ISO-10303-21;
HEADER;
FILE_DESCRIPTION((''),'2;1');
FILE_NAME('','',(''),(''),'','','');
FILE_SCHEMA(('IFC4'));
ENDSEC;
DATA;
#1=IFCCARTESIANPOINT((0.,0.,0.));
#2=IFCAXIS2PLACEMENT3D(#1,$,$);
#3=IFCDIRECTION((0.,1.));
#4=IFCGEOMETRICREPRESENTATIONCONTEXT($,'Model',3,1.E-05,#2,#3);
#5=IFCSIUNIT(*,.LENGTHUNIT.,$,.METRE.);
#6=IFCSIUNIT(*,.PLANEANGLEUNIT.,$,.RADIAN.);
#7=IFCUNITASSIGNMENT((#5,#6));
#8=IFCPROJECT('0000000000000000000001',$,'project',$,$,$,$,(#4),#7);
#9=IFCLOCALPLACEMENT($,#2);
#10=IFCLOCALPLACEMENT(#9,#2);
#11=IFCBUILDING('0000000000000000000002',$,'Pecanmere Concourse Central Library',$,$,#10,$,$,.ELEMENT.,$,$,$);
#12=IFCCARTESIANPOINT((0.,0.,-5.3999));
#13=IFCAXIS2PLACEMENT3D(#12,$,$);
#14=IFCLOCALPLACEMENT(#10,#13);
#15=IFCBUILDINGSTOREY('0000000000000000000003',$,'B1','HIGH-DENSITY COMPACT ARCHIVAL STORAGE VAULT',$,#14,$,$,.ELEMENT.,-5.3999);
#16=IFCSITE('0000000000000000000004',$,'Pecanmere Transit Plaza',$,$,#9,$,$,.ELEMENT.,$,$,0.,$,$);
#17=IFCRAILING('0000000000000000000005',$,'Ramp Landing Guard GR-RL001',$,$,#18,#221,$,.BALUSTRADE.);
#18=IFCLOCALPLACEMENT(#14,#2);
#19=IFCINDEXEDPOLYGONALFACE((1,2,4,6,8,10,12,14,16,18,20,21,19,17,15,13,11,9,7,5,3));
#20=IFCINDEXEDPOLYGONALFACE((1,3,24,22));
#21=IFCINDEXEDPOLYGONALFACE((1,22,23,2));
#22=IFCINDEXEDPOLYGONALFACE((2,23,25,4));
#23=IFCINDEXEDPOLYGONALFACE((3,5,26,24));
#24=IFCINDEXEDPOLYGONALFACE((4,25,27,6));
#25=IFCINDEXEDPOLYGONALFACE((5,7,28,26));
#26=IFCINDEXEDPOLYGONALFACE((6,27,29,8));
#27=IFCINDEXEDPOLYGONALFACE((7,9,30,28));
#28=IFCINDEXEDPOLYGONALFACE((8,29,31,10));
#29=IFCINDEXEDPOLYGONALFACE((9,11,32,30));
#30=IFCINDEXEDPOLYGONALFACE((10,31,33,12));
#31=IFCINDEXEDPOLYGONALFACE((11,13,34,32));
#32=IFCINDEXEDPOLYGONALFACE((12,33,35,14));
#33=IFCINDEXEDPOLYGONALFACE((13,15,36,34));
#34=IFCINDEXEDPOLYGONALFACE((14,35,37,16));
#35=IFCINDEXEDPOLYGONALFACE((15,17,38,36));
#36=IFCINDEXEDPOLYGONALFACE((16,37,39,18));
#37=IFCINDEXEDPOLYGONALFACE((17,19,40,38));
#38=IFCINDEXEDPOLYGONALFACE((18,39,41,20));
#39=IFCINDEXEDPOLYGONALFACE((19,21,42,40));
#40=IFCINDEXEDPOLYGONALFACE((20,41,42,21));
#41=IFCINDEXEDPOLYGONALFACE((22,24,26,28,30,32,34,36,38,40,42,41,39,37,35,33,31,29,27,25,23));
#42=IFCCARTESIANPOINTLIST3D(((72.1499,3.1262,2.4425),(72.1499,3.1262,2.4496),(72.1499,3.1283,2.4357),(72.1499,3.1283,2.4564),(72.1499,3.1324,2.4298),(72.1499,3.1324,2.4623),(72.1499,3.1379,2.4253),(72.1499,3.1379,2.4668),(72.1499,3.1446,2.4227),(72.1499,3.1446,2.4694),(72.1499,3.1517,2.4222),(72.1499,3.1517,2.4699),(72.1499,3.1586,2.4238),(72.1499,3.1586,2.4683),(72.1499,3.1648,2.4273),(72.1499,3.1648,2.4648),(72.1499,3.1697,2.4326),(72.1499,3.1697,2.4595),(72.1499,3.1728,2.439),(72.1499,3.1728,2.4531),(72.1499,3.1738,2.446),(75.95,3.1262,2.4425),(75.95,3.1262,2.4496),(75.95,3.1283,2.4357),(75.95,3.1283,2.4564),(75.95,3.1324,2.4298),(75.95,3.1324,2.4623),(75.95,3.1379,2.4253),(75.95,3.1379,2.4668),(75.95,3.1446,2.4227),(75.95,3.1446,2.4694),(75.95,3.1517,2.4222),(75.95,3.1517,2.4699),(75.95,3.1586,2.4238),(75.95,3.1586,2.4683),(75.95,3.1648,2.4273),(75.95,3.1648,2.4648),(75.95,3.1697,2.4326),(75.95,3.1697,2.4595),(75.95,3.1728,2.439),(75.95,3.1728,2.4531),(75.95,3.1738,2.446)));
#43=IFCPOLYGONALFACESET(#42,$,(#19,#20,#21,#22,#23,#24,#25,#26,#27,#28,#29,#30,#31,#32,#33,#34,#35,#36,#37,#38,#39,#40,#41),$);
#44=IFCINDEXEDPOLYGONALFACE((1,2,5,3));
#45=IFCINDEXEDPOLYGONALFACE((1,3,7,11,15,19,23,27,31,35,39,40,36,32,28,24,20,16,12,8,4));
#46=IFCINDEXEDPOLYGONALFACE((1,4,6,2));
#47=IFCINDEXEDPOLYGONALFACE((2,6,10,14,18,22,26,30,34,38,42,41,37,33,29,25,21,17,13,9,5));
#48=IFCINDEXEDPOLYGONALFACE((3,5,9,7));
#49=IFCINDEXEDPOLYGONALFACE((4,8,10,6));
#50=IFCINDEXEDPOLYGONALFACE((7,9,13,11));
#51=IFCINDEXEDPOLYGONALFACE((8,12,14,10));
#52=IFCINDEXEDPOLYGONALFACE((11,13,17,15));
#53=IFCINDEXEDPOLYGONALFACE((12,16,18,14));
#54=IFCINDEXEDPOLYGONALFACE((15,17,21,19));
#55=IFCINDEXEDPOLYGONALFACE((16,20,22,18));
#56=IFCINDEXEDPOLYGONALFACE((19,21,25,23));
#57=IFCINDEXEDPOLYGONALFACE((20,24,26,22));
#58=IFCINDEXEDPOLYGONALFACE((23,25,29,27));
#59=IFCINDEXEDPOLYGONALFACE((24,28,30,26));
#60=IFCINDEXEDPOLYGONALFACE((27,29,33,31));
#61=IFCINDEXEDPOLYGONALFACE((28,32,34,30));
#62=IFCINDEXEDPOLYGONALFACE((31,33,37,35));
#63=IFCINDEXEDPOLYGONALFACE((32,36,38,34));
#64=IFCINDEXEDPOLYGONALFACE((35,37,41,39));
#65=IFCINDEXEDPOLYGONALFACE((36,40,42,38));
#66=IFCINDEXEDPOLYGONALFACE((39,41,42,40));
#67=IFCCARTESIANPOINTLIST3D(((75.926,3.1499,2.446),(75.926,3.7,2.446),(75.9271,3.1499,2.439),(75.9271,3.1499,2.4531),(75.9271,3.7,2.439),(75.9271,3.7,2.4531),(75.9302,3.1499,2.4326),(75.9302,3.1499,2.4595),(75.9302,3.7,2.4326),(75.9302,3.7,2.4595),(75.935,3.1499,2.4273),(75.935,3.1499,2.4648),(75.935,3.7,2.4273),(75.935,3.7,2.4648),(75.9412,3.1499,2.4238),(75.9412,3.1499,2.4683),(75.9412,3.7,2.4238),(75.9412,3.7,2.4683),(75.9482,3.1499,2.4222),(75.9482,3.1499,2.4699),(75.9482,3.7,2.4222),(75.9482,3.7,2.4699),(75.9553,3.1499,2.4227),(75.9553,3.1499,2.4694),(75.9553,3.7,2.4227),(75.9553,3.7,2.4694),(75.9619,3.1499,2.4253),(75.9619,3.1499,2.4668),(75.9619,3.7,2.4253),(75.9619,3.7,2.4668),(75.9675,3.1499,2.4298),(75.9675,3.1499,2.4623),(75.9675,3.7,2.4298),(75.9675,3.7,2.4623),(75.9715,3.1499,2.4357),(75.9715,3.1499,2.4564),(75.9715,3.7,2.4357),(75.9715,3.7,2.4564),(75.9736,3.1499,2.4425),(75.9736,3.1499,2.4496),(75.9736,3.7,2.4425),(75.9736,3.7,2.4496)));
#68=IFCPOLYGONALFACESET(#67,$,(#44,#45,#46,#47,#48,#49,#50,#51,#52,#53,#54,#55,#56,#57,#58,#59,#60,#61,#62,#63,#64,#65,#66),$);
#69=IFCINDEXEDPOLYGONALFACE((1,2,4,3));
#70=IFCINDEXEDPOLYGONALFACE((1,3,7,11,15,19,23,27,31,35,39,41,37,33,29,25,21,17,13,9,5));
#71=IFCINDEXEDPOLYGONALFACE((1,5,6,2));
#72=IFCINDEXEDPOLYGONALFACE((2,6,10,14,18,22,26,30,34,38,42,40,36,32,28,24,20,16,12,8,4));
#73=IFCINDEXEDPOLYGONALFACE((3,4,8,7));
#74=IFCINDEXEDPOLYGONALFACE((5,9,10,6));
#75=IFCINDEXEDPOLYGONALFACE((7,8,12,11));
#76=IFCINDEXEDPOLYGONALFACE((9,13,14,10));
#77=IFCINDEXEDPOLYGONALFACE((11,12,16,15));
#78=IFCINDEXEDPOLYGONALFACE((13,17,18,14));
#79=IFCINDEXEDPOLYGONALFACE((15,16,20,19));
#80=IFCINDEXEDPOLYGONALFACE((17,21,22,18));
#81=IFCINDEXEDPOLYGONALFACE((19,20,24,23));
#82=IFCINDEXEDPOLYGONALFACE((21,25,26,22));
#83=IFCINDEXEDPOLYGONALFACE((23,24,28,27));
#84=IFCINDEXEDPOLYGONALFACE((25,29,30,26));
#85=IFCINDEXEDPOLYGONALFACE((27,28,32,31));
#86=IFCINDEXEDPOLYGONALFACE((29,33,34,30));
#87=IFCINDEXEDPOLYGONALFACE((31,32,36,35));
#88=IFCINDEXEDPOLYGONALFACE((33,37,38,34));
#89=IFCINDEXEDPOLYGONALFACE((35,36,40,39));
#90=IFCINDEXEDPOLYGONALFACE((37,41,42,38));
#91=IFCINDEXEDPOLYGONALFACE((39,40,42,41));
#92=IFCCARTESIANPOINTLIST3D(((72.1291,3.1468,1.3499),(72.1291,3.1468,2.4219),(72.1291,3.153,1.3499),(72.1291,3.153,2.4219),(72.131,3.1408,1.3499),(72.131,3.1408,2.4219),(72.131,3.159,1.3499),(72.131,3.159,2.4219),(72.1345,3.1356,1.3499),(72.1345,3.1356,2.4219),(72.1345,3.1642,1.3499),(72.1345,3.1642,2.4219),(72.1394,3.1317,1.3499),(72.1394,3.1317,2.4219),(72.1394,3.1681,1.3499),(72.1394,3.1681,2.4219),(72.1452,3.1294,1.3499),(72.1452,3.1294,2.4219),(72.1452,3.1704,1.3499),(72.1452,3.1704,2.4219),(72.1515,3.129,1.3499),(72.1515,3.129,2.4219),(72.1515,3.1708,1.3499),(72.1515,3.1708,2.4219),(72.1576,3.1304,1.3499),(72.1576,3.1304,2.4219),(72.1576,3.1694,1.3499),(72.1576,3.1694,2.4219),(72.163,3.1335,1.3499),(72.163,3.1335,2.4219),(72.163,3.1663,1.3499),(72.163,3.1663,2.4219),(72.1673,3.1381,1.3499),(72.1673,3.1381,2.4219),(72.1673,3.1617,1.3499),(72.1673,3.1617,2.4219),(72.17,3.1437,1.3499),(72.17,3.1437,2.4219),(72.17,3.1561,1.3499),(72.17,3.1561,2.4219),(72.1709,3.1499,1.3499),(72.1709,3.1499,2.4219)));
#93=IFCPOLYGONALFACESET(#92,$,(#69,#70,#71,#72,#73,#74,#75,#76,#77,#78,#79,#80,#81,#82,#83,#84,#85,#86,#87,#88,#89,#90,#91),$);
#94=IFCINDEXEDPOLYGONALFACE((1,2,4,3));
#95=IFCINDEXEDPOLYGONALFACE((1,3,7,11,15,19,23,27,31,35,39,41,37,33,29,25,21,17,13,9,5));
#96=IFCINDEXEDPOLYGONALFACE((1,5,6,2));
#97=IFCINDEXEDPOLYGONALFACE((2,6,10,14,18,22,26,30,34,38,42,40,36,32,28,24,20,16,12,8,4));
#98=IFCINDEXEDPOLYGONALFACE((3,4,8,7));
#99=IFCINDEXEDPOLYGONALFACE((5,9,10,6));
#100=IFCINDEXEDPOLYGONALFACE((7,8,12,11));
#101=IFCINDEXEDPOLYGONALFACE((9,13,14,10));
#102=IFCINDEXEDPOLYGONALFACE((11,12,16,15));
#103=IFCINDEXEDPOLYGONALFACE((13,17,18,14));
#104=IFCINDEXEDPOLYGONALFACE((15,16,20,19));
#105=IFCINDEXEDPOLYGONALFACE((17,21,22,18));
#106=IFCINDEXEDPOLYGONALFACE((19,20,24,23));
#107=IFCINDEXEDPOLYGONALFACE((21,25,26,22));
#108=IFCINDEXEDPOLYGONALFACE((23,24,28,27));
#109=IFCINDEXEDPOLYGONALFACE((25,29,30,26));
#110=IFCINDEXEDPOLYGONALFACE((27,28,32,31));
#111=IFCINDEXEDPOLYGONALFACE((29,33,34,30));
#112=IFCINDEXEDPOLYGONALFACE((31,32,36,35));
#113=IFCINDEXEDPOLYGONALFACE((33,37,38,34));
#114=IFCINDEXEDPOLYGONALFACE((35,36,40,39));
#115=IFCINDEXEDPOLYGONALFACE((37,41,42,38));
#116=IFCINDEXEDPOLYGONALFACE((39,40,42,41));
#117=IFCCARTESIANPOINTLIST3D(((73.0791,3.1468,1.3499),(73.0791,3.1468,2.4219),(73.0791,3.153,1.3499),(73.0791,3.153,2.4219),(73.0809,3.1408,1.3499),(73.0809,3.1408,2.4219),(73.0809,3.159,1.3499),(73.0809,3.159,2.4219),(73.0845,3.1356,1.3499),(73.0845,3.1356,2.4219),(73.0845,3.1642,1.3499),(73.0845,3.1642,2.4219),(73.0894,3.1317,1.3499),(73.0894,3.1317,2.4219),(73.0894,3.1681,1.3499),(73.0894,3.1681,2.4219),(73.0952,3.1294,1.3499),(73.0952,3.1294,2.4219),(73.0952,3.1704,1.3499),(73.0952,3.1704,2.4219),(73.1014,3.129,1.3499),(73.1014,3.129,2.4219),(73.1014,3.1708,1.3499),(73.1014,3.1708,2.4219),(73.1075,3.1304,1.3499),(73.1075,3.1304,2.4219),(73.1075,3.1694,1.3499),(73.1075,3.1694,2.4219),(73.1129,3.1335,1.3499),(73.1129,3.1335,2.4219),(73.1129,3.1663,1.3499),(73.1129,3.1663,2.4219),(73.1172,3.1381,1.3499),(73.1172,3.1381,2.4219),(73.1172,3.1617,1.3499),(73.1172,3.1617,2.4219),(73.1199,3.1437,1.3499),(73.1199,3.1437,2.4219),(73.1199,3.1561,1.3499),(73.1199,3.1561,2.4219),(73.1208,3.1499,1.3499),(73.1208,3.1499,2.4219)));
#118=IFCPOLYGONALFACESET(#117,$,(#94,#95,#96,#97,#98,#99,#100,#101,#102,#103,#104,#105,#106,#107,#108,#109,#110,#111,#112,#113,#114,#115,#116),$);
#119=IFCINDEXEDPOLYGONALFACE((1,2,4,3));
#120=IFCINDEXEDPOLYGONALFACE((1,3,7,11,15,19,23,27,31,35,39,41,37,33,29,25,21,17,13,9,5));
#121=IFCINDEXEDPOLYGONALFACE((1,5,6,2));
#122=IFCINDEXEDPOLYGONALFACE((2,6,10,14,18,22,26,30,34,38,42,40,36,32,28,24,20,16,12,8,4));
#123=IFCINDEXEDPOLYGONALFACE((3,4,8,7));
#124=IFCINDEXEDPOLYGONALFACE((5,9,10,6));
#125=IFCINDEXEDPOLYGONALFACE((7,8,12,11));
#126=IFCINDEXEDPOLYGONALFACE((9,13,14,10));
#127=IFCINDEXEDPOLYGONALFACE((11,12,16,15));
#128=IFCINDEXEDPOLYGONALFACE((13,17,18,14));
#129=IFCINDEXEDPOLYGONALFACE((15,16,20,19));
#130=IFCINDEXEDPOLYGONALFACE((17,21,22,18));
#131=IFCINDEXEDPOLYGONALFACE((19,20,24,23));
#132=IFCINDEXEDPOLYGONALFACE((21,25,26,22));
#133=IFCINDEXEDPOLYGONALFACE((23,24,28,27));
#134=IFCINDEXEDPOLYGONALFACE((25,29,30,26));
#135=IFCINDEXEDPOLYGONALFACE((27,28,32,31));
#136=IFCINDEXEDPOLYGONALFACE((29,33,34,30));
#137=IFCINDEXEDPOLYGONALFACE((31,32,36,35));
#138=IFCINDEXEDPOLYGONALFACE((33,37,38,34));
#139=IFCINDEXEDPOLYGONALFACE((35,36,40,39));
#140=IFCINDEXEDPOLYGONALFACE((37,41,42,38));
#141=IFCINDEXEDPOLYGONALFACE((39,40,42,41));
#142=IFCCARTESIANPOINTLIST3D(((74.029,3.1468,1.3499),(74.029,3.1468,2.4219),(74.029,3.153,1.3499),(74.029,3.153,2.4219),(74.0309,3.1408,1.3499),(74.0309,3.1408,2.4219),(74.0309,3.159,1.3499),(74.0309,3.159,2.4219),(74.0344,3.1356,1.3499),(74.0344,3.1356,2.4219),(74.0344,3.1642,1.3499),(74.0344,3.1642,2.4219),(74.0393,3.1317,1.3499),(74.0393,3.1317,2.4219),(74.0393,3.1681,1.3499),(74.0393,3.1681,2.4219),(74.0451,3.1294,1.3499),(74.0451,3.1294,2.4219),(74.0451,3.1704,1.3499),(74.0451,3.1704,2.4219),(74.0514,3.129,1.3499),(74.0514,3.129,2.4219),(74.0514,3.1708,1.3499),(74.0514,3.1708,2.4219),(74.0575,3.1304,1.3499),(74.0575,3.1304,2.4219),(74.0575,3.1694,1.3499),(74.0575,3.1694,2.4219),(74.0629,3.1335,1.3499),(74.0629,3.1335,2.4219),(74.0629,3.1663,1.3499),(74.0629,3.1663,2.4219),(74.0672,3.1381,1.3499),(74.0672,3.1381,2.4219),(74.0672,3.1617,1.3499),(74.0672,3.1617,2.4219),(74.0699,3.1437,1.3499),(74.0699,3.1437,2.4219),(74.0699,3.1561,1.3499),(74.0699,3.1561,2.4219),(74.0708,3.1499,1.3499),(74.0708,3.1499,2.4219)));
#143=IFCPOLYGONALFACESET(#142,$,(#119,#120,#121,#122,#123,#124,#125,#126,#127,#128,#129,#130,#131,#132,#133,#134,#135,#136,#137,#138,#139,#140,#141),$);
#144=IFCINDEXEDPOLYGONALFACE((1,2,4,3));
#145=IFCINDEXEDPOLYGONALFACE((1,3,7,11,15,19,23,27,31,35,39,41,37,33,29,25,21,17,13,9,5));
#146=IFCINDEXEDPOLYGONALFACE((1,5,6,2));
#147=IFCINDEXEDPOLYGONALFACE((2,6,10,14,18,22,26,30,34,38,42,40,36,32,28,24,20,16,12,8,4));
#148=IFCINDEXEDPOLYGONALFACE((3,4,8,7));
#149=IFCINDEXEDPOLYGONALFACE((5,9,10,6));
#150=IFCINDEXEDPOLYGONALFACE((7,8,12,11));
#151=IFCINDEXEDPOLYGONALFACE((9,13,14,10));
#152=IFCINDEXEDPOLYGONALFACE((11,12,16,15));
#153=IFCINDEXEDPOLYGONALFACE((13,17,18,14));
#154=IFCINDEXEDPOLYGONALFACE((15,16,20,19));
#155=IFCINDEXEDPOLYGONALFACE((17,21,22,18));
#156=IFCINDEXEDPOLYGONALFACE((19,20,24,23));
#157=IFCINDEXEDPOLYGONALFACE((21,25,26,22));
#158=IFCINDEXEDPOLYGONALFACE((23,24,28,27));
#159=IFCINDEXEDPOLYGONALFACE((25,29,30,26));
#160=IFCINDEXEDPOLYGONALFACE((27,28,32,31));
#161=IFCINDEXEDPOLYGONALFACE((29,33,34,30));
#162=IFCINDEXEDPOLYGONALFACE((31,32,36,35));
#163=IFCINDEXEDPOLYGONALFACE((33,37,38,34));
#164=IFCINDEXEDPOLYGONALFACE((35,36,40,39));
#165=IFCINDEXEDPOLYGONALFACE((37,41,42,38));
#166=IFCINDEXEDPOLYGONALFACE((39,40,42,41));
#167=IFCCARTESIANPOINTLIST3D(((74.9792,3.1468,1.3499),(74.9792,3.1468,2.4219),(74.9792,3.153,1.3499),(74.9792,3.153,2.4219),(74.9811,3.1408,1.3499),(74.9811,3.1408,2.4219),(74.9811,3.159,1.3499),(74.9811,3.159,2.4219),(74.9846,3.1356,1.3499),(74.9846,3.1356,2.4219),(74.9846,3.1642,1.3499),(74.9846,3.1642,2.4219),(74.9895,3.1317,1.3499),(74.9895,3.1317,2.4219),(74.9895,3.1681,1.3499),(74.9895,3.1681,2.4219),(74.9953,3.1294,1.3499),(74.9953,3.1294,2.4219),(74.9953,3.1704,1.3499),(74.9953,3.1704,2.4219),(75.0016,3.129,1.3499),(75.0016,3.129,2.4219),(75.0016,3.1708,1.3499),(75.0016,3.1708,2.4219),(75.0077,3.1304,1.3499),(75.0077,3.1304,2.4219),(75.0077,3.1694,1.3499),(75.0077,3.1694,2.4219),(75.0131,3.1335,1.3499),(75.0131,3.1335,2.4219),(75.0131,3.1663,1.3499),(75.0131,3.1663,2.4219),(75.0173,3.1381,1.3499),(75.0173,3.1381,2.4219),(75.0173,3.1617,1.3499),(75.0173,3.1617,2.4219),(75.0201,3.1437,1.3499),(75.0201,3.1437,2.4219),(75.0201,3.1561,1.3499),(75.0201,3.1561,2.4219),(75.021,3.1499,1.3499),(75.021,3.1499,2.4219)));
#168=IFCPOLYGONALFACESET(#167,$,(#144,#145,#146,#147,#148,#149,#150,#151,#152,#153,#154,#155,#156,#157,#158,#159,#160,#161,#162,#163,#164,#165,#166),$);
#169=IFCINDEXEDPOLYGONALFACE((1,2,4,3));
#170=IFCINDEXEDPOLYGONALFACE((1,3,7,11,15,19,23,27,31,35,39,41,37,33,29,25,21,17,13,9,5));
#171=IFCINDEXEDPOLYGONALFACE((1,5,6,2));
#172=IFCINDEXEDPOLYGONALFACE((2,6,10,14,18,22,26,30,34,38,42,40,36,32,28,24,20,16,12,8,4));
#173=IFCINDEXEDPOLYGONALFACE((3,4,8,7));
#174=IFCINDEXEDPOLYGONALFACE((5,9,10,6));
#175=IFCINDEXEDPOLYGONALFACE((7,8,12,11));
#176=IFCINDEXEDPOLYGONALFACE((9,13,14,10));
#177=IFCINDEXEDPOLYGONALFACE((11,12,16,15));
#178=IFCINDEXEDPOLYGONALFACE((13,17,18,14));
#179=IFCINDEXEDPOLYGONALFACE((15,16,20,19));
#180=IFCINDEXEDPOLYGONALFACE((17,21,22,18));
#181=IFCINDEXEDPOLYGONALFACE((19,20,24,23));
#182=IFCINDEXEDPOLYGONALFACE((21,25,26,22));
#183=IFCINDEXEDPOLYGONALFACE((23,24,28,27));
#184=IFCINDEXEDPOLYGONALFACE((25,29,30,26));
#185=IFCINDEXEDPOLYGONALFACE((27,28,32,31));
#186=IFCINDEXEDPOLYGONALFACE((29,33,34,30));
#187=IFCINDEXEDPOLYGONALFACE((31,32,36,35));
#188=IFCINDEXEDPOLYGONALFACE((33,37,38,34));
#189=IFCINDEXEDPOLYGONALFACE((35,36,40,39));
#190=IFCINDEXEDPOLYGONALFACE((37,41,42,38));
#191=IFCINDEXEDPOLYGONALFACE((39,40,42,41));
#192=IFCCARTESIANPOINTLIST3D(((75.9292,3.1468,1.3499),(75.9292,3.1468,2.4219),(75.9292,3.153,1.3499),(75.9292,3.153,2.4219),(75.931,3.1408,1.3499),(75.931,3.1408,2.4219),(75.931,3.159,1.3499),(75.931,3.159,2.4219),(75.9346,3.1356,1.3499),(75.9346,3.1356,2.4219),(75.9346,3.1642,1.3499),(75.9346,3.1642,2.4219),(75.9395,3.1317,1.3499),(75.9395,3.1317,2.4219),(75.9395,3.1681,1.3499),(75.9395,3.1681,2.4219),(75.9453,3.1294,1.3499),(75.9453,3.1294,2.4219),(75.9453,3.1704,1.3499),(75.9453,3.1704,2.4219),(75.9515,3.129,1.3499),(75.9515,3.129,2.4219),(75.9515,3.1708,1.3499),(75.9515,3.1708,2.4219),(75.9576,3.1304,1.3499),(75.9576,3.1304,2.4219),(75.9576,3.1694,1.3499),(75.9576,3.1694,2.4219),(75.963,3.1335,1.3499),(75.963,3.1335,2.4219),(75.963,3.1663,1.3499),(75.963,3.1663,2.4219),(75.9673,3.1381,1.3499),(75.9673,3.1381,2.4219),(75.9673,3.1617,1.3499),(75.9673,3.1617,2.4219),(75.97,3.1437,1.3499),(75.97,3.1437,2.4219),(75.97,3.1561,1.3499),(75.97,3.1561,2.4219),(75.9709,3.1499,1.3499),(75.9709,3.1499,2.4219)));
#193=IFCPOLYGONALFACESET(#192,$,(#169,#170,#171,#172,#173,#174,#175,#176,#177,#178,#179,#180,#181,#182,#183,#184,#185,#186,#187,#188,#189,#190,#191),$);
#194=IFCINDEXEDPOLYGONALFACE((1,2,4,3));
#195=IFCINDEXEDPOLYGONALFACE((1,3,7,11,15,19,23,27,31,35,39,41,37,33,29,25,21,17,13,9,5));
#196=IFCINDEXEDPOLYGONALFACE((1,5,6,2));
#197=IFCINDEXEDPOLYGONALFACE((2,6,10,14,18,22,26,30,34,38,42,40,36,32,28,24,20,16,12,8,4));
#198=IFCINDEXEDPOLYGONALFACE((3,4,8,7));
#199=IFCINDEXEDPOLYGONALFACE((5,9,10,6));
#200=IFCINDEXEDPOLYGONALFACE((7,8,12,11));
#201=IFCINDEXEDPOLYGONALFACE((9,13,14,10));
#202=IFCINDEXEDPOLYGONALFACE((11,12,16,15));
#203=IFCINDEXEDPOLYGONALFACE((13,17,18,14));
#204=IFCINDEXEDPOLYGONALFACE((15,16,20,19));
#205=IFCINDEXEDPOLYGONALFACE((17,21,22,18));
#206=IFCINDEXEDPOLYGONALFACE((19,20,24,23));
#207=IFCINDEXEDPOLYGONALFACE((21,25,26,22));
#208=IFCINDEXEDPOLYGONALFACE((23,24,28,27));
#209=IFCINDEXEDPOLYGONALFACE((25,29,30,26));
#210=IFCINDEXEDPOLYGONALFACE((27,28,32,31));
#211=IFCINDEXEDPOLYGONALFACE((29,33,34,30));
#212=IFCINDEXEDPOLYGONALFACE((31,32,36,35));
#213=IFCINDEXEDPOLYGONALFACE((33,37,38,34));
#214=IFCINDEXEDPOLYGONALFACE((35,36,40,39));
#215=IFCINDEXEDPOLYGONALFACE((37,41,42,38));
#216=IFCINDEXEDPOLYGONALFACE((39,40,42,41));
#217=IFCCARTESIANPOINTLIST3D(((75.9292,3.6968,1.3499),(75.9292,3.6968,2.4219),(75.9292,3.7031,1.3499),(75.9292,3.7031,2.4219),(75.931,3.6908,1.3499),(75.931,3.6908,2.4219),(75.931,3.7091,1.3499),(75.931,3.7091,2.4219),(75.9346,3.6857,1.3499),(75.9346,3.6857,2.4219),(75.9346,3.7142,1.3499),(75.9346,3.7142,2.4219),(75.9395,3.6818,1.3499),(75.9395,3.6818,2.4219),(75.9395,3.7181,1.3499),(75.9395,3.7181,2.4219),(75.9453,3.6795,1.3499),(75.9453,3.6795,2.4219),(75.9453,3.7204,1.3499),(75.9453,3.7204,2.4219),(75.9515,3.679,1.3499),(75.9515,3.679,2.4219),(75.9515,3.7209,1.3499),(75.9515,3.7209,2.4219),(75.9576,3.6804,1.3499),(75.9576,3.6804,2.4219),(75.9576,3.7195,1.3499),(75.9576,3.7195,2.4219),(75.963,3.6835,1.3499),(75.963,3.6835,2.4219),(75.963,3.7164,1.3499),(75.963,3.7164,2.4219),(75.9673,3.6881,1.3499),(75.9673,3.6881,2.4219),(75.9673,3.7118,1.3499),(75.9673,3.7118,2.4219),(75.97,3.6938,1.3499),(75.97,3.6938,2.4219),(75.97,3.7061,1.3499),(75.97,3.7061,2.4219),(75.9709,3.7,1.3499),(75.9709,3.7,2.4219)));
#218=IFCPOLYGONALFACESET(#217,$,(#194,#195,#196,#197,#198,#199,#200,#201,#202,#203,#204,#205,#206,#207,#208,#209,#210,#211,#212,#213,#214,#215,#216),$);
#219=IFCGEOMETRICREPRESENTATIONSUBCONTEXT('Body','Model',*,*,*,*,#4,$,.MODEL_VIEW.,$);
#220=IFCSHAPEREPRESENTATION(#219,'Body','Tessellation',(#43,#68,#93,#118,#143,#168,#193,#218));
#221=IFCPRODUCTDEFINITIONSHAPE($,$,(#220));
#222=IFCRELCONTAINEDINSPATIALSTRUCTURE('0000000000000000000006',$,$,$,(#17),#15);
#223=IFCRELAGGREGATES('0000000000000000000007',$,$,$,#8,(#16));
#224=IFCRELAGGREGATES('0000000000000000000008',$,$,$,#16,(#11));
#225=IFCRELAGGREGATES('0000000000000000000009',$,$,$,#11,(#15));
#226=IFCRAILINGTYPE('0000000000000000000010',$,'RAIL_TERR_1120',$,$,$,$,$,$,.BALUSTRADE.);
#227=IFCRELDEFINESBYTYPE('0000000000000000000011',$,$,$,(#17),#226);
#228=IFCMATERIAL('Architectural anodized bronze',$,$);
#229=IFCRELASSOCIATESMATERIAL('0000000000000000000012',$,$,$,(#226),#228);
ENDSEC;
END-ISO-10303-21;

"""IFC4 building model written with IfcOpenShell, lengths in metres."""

from ifc_helpers import new_model, si_unit, direction, frame, origin, origin_2d, place, context, subcontext, project, spatial, circle, extrude, material, type_object, element, save


model = new_model("IFC4")

# Units and contexts
model_context = context("Model", 3, precision=1e-05, world=origin(), true_north=direction((0.0, 1.0)))
body_context = subcontext(model_context, "Body", "Model", "MODEL_VIEW")
ifc_project = project(units=[si_unit("LENGTHUNIT", "METRE"), si_unit("PLANEANGLEUNIT", "RADIAN")], contexts=[model_context])

# Site, building, storey
site_placement = place(None, origin())
site = spatial("IfcSite", under=ifc_project, at=site_placement, Name="Pecanmere Transit Plaza", CompositionType="ELEMENT", RefElevation=0.0)
building_placement = place(site_placement, origin())
building = spatial("IfcBuilding", under=site, at=building_placement, Name="Pecanmere Concourse Central Library", CompositionType="ELEMENT")
storey_placement = place(building_placement, frame((0.0, 0.0, -5.3999)))
storey = spatial("IfcBuildingStorey", under=building, at=storey_placement, Name="B1", Description="HIGH-DENSITY COMPACT ARCHIVAL STORAGE VAULT", CompositionType="ELEMENT", Elevation=-5.3999)

# Railing
ifc_material_1 = material(Name="Architectural anodized bronze")
railing_type_1 = type_object("IfcRailingType", Name="RAIL_TERR_1120", PredefinedType="BALUSTRADE", material=ifc_material_1)
railing_1_placement = place(storey_placement, frame((72.1499, 3.1499, 1.3499)))
element("IfcRailing", 1, at=railing_1_placement, inside=storey, type_object=railing_type_1, Name="Ramp Landing Guard GR-RL001", PredefinedType="BALUSTRADE", context=body_context, shape_type="SweptSolid", body=[
    extrude(circle(Radius=0.0239, at=origin_2d()), frame((0.0, 0.0, 1.0962), z_axis=(1.0, 0.0, 0.0), x_axis=(0.0, 1.0, 0.0)), (0.0, 0.0, 1.0), 3.8),
    extrude(circle(Radius=0.0239, at=origin_2d()), frame((3.8, 0.0, 1.0962), z_axis=(0.0, 1.0, 0.0), x_axis=(-1.0, 0.0, 0.0)), (0.0, 0.0, 1.0), 0.55),
    extrude(circle(Radius=0.021, at=origin_2d()), origin(), (0.0, 0.0, 1.0), 1.072),
    extrude(circle(Radius=0.021, at=origin_2d()), frame((0.95, 0.0, 0.0)), (0.0, 0.0, 1.0), 1.072),
    extrude(circle(Radius=0.021, at=origin_2d()), frame((1.8999, 0.0, 0.0)), (0.0, 0.0, 1.0), 1.072),
    extrude(circle(Radius=0.021, at=origin_2d()), frame((2.8501, 0.0, 0.0)), (0.0, 0.0, 1.0), 1.072),
    extrude(circle(Radius=0.021, at=origin_2d()), frame((3.8, 0.0, 0.0)), (0.0, 0.0, 1.0), 1.072),
    extrude(circle(Radius=0.021, at=origin_2d()), frame((3.8, 0.55, 0.0)), (0.0, 0.0, 1.0), 1.072),
])

save(model, "model.ifc")
